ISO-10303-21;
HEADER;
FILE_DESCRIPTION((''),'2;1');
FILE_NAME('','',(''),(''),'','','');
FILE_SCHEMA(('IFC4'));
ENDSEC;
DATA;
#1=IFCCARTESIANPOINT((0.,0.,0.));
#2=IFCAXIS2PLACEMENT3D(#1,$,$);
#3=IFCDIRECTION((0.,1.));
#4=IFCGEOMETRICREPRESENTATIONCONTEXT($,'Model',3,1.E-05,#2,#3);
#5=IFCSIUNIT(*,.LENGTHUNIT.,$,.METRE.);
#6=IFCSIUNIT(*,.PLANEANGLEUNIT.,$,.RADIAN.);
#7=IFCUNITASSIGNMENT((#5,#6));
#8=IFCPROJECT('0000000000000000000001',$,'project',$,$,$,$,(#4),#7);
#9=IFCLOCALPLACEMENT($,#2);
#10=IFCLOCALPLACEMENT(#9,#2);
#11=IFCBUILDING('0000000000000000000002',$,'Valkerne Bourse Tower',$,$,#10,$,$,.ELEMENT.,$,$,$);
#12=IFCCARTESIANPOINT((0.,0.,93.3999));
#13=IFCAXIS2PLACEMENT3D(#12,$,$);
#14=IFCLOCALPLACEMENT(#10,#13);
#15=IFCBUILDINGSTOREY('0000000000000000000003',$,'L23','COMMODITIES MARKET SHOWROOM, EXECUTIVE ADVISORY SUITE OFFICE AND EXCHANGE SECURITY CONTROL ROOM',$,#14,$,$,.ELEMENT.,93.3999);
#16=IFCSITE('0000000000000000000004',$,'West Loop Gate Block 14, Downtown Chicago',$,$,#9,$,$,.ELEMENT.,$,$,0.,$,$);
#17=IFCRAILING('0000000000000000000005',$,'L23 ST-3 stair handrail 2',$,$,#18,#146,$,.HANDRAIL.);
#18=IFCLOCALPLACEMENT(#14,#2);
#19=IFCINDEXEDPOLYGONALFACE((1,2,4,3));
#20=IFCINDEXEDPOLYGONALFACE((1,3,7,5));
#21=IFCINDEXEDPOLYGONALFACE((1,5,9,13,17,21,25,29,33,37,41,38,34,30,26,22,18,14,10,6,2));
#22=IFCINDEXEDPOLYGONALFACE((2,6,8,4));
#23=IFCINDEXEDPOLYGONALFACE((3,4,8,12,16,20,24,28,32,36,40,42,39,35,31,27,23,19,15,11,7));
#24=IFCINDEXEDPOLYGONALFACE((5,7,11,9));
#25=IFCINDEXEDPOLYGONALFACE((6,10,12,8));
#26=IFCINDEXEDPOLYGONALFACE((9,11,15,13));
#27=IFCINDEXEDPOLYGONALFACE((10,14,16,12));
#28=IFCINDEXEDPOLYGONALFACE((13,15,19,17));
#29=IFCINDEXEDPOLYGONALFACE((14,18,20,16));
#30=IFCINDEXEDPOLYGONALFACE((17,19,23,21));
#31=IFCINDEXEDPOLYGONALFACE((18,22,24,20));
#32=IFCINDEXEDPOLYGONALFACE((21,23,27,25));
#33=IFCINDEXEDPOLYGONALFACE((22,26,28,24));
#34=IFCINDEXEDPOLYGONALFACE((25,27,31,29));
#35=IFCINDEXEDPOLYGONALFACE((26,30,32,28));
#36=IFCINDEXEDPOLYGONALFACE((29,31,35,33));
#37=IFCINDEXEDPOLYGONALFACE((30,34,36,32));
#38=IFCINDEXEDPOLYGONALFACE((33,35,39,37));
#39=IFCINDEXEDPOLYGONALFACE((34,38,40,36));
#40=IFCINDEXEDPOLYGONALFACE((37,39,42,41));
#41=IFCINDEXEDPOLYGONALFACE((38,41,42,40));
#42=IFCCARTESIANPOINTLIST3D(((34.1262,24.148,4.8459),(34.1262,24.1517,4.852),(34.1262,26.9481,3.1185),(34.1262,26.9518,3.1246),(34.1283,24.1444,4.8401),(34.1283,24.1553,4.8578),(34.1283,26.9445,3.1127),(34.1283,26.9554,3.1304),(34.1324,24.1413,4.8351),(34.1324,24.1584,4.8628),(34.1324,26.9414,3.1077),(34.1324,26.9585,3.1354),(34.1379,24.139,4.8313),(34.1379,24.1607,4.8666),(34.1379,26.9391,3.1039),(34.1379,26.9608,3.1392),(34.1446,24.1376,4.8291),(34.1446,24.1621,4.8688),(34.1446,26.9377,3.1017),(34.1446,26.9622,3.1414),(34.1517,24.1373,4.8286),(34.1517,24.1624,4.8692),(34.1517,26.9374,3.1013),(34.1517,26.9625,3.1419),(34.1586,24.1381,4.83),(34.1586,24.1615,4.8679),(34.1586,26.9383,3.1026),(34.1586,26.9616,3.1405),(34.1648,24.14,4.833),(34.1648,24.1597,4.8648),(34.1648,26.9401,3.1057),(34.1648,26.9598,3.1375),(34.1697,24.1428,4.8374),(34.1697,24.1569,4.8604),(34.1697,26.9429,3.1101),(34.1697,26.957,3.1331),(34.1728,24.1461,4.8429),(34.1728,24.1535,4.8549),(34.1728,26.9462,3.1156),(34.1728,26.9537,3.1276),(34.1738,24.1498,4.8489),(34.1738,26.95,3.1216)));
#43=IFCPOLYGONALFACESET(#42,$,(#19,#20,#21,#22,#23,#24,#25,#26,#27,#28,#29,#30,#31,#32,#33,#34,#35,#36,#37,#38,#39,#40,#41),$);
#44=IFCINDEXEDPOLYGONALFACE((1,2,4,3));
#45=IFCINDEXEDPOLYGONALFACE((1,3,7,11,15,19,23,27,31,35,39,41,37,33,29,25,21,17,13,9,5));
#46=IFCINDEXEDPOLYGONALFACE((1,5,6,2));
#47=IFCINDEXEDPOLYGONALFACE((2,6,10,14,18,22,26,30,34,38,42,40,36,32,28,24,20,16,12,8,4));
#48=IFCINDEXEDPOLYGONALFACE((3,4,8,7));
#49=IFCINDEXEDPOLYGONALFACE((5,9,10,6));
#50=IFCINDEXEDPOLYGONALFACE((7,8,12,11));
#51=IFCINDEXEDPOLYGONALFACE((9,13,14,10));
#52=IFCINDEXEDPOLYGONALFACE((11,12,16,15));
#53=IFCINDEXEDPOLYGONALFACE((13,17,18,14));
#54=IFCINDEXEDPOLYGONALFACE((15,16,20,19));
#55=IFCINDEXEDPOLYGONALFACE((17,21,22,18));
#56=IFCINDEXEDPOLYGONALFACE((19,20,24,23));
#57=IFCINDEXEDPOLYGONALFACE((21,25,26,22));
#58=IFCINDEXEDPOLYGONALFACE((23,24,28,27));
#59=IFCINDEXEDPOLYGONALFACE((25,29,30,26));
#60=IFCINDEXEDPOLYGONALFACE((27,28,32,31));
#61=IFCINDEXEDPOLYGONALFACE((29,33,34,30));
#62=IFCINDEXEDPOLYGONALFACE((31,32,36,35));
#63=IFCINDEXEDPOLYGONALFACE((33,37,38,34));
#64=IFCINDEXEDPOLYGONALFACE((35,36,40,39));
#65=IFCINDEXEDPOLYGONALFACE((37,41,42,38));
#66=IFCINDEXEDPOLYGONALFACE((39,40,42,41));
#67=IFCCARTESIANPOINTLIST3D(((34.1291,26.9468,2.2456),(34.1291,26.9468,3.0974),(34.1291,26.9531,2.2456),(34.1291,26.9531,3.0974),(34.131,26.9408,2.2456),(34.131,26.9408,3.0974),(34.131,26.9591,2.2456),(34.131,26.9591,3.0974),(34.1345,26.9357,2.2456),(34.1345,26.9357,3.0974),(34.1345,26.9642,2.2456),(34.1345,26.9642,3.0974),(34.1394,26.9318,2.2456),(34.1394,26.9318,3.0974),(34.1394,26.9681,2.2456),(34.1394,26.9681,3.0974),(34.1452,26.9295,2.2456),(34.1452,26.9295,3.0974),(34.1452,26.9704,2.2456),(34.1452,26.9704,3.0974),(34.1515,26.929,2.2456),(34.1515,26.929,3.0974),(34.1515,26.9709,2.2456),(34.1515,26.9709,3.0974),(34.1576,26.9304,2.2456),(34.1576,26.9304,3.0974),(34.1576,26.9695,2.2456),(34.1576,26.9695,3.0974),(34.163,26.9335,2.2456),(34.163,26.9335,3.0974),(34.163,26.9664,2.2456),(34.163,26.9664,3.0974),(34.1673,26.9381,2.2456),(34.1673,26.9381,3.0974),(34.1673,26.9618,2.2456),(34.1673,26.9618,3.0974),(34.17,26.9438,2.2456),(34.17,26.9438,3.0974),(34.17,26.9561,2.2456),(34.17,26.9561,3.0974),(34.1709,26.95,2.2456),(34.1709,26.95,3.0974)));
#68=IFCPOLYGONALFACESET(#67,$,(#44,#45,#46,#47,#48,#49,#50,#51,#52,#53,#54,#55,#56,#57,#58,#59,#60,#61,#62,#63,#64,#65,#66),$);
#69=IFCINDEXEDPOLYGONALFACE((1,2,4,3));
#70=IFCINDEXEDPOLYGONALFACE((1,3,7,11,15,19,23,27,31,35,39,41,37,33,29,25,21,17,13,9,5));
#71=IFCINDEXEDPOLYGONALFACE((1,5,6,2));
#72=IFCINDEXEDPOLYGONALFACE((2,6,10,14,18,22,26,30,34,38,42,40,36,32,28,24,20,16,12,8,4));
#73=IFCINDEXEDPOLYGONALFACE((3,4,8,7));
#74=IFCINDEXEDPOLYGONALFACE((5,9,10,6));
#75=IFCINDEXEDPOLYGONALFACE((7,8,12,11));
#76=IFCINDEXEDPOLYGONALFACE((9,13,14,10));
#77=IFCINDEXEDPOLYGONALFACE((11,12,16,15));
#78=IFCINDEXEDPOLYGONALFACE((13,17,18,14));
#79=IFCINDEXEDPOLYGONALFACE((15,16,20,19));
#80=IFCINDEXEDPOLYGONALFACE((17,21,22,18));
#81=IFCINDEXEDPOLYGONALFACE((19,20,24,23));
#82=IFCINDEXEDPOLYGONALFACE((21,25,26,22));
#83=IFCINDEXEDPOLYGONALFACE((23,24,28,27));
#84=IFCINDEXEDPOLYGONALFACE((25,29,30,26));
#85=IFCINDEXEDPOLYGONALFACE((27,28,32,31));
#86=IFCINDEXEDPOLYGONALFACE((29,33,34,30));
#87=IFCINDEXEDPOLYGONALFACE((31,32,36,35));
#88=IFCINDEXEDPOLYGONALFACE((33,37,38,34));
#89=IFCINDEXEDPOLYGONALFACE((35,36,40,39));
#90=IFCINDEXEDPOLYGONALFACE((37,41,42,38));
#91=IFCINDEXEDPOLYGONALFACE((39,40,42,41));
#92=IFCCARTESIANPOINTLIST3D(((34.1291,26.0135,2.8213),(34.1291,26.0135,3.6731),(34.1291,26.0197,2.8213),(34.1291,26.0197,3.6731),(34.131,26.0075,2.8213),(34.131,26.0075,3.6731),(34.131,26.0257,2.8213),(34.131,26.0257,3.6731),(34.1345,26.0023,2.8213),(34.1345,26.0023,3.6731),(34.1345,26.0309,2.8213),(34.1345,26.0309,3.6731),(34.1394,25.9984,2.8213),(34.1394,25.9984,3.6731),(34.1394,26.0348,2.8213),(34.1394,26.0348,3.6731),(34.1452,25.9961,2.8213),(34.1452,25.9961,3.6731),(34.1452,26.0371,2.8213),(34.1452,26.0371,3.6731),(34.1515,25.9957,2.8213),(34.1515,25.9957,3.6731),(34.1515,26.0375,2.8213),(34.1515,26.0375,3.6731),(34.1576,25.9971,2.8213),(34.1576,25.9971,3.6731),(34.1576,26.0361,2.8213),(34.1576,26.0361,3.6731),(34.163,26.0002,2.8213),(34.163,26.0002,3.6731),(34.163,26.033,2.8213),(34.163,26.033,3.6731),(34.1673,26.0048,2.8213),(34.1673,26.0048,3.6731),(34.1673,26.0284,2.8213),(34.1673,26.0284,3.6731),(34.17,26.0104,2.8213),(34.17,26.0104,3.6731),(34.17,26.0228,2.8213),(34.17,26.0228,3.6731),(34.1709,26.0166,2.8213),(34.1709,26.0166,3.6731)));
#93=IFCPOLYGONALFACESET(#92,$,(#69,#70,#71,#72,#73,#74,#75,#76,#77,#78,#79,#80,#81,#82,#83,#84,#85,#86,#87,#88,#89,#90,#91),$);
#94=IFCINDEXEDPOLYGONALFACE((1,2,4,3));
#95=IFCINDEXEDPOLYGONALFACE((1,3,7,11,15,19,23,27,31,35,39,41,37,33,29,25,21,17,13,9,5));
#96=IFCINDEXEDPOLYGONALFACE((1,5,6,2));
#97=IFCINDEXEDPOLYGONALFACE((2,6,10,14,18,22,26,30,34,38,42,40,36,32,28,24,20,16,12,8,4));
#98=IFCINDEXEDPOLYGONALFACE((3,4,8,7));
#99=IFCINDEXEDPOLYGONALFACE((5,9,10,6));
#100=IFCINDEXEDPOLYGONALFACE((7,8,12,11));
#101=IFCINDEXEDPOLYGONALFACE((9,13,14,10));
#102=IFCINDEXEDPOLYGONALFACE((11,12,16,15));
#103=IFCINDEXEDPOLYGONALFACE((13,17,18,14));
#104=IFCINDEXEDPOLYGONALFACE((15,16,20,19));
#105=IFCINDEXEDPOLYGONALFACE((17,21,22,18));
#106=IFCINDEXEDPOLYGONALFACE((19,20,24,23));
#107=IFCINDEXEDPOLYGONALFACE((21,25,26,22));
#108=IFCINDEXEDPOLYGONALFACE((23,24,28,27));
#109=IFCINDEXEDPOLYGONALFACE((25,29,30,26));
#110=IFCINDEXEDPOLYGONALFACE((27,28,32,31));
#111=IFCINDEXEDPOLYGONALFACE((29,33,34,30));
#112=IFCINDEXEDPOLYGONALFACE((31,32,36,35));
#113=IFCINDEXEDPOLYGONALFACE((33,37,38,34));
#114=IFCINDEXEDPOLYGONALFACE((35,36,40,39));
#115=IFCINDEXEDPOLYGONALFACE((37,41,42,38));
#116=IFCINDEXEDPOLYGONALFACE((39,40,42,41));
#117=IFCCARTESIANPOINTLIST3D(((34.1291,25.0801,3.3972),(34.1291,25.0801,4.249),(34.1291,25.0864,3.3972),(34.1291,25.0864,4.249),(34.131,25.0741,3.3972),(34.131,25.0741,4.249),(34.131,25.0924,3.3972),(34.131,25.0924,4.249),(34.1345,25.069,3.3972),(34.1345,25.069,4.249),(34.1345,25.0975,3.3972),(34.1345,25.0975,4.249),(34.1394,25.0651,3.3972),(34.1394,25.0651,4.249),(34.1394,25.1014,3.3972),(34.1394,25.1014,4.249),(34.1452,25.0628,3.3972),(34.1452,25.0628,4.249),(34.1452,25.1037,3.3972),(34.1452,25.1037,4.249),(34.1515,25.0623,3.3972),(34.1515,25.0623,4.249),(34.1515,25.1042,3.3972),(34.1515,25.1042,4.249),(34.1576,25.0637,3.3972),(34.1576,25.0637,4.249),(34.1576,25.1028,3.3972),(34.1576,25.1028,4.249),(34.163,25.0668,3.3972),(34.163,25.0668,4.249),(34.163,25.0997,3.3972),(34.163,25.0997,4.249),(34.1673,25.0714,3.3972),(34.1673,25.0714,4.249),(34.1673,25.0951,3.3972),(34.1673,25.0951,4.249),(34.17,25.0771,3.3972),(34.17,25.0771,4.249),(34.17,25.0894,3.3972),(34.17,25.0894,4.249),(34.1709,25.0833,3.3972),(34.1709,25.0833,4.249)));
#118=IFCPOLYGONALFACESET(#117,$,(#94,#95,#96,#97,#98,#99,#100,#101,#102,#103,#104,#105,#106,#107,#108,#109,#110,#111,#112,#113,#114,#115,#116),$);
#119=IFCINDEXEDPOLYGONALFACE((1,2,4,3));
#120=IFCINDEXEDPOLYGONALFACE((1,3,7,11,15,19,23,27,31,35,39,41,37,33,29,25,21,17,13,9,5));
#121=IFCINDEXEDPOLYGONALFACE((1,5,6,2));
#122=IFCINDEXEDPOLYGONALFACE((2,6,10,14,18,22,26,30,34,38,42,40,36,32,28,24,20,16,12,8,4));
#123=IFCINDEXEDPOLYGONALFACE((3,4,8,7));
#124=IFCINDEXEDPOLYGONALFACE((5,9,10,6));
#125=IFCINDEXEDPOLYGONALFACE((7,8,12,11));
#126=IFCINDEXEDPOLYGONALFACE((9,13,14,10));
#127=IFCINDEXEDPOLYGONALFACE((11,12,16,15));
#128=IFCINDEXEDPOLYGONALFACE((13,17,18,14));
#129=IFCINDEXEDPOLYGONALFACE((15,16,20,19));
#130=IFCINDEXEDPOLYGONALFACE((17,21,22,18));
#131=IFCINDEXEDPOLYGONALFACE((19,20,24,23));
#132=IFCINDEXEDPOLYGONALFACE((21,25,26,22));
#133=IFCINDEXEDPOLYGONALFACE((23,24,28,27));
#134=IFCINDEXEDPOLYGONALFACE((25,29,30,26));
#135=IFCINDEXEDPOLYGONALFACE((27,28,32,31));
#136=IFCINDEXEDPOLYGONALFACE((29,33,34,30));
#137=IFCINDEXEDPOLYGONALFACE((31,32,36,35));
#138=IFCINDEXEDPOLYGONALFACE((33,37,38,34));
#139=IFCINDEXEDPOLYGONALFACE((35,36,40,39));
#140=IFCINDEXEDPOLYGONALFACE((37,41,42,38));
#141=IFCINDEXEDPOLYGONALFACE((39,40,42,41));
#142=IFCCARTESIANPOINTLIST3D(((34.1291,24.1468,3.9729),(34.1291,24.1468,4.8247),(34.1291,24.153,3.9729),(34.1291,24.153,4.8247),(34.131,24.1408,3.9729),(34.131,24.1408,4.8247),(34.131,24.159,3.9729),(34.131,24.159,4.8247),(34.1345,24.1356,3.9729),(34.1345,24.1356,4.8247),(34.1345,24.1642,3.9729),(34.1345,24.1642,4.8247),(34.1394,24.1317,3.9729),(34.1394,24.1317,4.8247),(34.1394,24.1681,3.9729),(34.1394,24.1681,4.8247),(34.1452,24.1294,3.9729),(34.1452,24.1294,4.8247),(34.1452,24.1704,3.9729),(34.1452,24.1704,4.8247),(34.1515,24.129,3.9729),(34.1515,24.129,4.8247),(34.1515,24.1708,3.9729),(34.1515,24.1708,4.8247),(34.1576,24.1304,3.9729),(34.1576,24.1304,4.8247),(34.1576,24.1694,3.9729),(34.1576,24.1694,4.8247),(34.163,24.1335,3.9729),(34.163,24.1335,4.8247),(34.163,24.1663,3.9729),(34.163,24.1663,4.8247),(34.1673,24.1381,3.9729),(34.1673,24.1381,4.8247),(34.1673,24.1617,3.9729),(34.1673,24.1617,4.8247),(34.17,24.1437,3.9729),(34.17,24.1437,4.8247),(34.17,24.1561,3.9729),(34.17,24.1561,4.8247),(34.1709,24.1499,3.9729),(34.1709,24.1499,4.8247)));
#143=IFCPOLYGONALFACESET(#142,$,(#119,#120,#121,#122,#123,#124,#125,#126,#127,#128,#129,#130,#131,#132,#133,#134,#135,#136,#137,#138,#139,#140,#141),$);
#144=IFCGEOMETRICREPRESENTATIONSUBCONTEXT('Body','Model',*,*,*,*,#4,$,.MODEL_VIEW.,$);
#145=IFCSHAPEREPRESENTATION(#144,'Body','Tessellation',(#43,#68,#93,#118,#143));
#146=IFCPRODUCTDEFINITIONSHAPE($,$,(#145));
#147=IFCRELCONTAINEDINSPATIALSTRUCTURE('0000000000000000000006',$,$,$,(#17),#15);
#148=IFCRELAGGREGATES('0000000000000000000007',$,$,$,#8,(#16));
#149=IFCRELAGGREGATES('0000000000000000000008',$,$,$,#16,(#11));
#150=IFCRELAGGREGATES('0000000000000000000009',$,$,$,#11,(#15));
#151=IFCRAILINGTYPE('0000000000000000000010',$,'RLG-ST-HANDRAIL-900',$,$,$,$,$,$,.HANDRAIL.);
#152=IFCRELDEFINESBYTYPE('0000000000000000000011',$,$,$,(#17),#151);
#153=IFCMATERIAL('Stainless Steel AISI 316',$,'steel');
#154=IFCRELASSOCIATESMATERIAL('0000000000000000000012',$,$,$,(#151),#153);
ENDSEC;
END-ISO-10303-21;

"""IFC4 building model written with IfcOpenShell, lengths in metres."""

from ifc_helpers import new_model, si_unit, direction, frame, origin, origin_2d, place, context, subcontext, project, spatial, circle, extrude, material, type_object, element, save


model = new_model("IFC4")

# Units and contexts
model_context = context("Model", 3, precision=1e-05, world=origin(), true_north=direction((0.0, 1.0)))
body_context = subcontext(model_context, "Body", "Model", "MODEL_VIEW")
ifc_project = project(units=[si_unit("LENGTHUNIT", "METRE"), si_unit("PLANEANGLEUNIT", "RADIAN")], contexts=[model_context])

# Site, building, storey
site_placement = place(None, origin())
site = spatial("IfcSite", under=ifc_project, at=site_placement, Name="West Loop Gate Block 14, Downtown Chicago", CompositionType="ELEMENT", RefElevation=0.0)
building_placement = place(site_placement, origin())
building = spatial("IfcBuilding", under=site, at=building_placement, Name="Valkerne Bourse Tower", CompositionType="ELEMENT")
storey_placement = place(building_placement, frame((0.0, 0.0, 93.3999)))
storey = spatial("IfcBuildingStorey", under=building, at=storey_placement, Name="L23", Description="COMMODITIES MARKET SHOWROOM, EXECUTIVE ADVISORY SUITE OFFICE AND EXCHANGE SECURITY CONTROL ROOM", CompositionType="ELEMENT", Elevation=93.3999)

# Railing
ifc_material_1 = material(Name="Stainless Steel AISI 316", Category="steel")
railing_type_1 = type_object("IfcRailingType", Name="RLG-ST-HANDRAIL-900", PredefinedType="HANDRAIL", material=ifc_material_1)
railing_1_placement = place(storey_placement, frame((34.1499, 26.95, 2.2456)))
element("IfcRailing", 1, at=railing_1_placement, inside=storey, type_object=railing_type_1, Name="L23 ST-3 stair handrail 2", PredefinedType="HANDRAIL", context=body_context, shape_type="SweptSolid", body=[
    extrude(circle(Radius=0.0239, at=origin_2d()), frame((0.0, 0.0, 0.876), z_axis=(0.0, -0.85109, 0.52502), x_axis=(1.0, 0.0, 0.0)), (0.0, 0.0, 1.0), 3.29),
    extrude(circle(Radius=0.021, at=origin_2d()), origin(), (0.0, 0.0, 1.0), 0.8518),
    extrude(circle(Radius=0.021, at=origin_2d()), frame((0.0, -0.9333, 0.5757)), (0.0, 0.0, 1.0), 0.8518),
    extrude(circle(Radius=0.021, at=origin_2d()), frame((0.0, -1.8667, 1.1516)), (0.0, 0.0, 1.0), 0.8518),
    extrude(circle(Radius=0.021, at=origin_2d()), frame((0.0, -2.8, 1.7273)), (0.0, 0.0, 1.0), 0.8518),
])

save(model, "model.ifc")
